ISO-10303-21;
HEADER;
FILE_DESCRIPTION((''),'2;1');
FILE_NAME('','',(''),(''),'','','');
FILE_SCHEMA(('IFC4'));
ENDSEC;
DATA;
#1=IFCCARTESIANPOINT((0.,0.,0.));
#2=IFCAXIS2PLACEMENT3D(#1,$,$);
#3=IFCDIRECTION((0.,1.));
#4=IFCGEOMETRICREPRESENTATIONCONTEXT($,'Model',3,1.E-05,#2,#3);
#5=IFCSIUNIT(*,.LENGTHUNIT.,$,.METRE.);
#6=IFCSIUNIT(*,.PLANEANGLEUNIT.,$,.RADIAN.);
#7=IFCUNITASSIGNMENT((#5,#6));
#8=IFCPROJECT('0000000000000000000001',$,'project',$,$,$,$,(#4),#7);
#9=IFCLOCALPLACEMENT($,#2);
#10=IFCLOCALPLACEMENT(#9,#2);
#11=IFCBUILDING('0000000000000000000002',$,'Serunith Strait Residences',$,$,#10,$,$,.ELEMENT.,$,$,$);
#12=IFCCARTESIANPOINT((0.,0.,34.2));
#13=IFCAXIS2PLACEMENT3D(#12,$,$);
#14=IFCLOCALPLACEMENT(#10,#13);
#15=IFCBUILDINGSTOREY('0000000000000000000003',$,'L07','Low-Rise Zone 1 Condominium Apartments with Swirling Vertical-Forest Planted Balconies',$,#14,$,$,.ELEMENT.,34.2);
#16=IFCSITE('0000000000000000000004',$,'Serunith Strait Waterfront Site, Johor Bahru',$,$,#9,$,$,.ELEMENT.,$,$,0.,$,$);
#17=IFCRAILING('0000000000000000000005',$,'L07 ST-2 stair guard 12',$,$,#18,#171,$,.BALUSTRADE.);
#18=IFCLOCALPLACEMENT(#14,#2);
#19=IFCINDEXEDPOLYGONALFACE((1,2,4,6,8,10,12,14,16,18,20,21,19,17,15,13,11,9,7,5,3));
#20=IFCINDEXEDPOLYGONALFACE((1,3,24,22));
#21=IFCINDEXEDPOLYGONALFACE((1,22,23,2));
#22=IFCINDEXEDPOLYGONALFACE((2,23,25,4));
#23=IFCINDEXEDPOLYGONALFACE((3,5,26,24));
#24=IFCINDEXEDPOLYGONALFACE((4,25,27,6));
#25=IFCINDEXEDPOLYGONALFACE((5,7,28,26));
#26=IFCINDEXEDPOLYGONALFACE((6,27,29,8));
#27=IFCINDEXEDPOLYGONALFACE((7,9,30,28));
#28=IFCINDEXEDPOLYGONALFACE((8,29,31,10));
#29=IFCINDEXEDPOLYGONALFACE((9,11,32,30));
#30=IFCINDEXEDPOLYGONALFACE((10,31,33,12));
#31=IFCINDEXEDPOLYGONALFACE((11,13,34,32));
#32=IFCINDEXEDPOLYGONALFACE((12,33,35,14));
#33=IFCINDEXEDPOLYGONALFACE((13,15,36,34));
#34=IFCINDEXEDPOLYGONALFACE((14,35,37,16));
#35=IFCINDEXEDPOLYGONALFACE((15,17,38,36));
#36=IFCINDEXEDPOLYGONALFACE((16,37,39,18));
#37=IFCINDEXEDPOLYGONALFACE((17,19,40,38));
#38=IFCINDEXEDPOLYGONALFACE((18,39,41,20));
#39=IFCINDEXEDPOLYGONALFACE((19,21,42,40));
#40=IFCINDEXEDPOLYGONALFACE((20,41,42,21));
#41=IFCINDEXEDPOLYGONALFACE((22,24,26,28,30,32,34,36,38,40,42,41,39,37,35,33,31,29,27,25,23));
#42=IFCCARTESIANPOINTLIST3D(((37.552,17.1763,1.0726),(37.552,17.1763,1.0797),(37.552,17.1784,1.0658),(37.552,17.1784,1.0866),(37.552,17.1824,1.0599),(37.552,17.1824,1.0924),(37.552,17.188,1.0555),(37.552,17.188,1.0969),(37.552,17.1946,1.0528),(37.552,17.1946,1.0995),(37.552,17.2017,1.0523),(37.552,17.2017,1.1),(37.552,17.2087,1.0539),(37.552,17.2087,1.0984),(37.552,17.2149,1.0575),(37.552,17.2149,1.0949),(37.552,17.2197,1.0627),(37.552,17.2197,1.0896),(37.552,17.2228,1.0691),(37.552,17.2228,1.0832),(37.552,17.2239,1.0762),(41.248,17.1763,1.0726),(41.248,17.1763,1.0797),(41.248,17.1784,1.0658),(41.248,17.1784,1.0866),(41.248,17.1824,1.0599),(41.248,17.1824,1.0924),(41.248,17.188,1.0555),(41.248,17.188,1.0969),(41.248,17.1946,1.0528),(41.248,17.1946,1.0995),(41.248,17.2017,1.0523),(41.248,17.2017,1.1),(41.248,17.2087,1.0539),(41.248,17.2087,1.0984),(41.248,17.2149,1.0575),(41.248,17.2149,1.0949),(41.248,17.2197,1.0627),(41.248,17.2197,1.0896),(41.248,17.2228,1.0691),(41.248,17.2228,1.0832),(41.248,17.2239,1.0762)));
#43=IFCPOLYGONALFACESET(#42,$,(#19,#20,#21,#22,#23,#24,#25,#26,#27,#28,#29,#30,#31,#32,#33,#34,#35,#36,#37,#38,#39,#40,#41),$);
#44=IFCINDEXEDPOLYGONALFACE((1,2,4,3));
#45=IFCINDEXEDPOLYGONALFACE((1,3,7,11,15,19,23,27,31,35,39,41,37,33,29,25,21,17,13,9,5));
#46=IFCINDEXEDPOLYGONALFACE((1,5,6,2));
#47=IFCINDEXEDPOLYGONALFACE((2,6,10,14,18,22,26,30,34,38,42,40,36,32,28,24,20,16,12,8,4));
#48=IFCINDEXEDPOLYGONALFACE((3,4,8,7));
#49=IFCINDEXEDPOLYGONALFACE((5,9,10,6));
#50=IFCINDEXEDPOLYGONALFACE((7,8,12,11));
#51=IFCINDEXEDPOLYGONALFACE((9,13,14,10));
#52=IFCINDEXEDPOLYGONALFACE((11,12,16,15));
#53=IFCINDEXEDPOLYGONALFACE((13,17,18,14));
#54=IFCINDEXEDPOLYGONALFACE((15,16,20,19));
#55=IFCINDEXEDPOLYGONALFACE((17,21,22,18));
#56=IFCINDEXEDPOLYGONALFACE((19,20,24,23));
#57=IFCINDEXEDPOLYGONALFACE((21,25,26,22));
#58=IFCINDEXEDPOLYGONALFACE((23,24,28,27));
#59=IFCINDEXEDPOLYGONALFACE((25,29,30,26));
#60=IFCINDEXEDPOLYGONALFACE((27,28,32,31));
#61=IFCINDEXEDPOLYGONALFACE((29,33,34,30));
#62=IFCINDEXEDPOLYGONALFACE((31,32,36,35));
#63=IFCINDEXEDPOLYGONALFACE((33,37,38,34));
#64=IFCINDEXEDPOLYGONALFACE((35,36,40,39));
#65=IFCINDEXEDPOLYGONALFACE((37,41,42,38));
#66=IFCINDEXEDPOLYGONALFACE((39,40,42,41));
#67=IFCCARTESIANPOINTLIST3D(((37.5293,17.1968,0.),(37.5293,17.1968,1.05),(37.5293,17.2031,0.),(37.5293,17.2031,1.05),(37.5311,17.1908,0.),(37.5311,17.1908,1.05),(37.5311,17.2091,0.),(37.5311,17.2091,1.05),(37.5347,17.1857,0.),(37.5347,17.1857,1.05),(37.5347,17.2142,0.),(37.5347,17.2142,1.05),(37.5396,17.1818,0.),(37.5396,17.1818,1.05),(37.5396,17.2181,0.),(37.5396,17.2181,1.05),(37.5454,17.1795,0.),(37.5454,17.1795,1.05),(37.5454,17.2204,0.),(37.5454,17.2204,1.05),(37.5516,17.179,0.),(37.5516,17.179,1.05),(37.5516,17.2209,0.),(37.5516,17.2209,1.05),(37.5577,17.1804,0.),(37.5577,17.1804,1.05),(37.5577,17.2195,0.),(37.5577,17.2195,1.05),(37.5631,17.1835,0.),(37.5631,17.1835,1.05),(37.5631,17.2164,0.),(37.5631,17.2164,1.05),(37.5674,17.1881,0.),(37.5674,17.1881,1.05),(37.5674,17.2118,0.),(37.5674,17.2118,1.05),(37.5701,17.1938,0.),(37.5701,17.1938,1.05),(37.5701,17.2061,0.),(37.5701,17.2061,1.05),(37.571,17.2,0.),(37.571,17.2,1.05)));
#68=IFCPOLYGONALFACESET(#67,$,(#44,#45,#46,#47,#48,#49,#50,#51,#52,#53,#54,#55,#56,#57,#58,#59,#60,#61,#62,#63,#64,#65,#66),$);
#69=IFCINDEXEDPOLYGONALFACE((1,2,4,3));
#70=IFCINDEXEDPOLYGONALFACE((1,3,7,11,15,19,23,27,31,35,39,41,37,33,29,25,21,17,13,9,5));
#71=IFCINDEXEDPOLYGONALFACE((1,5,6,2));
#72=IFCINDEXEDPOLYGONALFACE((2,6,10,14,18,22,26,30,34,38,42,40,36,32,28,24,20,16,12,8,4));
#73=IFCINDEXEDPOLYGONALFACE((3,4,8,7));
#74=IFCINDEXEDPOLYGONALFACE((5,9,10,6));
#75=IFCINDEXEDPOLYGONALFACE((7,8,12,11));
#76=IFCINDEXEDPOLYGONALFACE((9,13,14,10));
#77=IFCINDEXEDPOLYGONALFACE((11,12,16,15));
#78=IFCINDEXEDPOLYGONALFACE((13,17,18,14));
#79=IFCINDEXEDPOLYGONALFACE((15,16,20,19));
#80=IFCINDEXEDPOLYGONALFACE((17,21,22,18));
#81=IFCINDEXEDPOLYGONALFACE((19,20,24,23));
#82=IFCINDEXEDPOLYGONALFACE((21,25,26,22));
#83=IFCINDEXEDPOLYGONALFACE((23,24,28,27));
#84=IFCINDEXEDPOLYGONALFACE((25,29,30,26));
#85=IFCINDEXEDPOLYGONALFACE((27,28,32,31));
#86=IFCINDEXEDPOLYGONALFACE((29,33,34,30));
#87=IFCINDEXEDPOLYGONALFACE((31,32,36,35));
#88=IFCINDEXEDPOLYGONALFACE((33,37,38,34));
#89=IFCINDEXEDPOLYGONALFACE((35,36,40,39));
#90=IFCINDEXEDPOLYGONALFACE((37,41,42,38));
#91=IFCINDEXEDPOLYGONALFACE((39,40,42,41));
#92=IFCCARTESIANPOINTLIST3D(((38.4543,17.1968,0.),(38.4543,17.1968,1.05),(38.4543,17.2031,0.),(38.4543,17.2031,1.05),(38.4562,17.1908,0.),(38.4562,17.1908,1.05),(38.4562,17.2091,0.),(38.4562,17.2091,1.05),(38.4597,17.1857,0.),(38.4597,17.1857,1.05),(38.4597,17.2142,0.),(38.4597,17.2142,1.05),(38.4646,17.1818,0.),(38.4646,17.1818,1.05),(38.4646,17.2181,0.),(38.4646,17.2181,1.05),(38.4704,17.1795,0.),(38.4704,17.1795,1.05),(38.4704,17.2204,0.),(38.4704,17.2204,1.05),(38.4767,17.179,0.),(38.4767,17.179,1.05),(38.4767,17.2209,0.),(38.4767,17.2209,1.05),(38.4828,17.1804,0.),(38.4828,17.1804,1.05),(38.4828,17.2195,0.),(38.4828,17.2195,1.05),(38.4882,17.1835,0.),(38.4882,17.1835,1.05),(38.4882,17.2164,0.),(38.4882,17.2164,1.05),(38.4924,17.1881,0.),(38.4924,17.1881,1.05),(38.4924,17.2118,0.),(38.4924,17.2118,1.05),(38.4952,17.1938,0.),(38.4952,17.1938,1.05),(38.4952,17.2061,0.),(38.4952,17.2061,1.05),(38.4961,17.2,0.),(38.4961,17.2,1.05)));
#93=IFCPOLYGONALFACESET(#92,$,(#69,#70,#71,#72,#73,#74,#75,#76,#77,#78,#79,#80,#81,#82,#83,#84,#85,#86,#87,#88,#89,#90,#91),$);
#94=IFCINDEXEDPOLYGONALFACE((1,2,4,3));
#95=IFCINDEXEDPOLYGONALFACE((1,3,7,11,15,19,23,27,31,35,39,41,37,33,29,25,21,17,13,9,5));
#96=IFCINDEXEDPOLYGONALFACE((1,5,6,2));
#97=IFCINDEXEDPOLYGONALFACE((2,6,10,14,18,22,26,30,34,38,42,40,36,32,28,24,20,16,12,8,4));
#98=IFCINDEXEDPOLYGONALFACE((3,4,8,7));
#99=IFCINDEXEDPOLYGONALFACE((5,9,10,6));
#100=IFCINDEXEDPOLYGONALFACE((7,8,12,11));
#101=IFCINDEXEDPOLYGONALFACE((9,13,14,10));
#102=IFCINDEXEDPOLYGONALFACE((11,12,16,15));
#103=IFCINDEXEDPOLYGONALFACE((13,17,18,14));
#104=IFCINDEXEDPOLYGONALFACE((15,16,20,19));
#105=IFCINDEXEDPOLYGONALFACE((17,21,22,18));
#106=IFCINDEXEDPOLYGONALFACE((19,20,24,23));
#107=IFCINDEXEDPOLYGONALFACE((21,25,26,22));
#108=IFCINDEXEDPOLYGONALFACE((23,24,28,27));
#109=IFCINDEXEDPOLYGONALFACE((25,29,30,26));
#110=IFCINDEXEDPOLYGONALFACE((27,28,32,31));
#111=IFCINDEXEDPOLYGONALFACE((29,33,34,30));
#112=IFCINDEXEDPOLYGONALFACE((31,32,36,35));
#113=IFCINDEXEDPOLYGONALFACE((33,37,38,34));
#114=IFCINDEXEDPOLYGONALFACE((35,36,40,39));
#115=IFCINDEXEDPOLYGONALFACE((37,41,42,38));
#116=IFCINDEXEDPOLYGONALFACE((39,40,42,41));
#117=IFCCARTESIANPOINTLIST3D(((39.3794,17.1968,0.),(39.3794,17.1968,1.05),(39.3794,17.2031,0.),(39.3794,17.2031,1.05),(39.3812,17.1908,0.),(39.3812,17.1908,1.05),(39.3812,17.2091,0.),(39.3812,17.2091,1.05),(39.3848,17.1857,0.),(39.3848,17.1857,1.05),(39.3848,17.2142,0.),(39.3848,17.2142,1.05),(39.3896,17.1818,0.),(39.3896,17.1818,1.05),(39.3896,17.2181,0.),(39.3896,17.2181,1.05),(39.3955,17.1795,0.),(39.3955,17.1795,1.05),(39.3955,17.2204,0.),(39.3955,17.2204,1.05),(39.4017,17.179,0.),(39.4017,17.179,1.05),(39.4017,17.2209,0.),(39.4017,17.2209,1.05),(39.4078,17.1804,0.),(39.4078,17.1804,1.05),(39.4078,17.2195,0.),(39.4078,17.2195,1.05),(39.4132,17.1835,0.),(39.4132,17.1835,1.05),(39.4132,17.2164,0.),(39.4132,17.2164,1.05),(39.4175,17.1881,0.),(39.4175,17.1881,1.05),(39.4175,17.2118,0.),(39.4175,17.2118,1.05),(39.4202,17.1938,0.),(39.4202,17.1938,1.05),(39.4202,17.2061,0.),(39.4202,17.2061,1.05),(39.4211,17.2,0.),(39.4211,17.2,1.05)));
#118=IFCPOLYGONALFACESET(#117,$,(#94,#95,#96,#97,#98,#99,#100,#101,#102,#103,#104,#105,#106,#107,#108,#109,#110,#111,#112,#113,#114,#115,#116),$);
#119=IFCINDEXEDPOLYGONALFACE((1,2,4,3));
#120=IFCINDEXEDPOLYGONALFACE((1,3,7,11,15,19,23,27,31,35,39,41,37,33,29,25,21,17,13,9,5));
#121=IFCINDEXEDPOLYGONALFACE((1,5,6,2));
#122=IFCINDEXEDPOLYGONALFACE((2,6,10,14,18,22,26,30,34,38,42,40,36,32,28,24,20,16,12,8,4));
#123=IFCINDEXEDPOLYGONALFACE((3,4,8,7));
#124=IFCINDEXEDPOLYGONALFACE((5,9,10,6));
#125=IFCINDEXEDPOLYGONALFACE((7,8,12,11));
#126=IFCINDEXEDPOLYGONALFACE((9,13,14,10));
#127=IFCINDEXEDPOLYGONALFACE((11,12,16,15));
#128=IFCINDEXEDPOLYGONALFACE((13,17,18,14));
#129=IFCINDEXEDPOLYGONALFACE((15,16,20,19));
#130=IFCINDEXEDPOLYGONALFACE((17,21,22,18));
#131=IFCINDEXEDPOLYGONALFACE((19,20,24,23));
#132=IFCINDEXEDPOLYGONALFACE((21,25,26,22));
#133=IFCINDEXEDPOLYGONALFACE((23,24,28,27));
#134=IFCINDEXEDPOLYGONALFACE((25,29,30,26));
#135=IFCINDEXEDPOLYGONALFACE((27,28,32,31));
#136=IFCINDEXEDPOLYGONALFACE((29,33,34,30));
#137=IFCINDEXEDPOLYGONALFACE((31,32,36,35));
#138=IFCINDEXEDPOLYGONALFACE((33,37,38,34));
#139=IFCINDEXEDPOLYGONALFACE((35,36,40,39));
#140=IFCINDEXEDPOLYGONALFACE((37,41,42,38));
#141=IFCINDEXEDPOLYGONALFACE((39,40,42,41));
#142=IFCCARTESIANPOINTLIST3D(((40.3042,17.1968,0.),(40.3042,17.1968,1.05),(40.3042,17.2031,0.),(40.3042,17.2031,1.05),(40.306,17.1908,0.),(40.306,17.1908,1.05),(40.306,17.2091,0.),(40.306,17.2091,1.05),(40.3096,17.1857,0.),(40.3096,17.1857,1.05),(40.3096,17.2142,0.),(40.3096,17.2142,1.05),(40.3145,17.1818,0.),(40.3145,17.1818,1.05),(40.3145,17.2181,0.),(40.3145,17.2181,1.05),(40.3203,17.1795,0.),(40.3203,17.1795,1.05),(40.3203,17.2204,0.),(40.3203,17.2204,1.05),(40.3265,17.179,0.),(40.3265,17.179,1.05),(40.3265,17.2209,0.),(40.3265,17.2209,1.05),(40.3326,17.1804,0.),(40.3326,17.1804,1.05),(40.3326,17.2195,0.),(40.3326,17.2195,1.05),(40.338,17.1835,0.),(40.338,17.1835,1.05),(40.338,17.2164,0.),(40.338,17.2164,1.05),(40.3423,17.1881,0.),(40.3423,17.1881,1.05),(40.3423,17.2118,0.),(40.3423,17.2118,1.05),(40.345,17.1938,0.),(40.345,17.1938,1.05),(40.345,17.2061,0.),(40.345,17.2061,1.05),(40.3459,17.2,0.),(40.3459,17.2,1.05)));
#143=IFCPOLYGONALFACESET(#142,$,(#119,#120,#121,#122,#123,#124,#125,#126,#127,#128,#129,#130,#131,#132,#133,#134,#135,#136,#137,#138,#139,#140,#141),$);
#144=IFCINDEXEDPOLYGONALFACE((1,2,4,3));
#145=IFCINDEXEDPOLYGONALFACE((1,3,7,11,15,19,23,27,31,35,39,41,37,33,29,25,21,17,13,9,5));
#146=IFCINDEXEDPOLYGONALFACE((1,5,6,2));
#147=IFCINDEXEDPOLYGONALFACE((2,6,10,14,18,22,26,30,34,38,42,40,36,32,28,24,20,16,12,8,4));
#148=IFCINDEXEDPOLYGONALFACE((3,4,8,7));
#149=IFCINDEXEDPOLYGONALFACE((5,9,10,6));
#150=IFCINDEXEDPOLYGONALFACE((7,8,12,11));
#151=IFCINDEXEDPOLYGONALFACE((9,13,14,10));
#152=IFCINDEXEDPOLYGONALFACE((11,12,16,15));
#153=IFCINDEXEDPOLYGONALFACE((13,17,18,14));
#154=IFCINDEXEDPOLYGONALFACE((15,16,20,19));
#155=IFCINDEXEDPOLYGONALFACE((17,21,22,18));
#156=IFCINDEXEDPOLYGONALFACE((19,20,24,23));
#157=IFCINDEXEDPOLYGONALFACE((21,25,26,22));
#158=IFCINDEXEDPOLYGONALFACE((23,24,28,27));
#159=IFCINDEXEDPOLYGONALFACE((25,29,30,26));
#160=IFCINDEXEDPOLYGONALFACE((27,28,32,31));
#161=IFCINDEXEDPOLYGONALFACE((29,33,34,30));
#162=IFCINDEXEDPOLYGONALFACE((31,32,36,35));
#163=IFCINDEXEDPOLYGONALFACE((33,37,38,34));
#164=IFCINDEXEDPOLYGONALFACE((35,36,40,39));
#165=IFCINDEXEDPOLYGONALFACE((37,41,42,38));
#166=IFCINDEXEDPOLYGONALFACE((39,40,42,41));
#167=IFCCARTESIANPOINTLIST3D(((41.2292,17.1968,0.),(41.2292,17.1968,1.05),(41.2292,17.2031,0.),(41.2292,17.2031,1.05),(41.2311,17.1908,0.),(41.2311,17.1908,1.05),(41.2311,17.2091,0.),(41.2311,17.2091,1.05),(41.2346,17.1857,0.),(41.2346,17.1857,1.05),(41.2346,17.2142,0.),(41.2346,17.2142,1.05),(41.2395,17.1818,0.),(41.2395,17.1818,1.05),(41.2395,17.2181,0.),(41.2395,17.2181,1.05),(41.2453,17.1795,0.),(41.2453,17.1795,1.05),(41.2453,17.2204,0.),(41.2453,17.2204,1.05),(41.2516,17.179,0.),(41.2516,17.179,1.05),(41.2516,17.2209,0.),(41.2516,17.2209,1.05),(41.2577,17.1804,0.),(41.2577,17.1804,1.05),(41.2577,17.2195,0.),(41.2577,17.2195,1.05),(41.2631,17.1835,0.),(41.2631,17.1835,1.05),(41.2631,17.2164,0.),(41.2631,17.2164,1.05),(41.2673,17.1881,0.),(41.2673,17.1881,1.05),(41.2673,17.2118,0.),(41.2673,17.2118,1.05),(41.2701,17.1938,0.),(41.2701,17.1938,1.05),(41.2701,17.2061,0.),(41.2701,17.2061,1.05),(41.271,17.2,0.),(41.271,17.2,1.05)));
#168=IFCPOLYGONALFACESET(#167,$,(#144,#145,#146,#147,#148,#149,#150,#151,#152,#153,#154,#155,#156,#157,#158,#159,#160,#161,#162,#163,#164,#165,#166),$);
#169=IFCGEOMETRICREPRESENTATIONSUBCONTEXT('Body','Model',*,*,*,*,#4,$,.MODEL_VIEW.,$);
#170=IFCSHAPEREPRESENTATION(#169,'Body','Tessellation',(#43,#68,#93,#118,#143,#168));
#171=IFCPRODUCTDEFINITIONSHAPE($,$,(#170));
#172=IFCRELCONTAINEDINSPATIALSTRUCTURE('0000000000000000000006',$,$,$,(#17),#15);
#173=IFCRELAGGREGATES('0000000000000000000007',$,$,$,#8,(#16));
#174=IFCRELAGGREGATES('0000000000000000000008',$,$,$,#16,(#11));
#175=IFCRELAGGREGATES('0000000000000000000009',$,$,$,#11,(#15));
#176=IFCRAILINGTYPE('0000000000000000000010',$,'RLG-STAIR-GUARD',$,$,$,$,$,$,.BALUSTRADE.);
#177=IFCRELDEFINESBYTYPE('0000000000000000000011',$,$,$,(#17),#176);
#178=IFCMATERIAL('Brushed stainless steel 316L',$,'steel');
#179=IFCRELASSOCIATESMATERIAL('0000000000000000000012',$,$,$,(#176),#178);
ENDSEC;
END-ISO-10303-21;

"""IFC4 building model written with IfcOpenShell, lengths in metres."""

from ifc_helpers import new_model, si_unit, direction, frame, origin, origin_2d, place, context, subcontext, project, spatial, circle, extrude, material, type_object, element, save


model = new_model("IFC4")

# Units and contexts
model_context = context("Model", 3, precision=1e-05, world=origin(), true_north=direction((0.0, 1.0)))
body_context = subcontext(model_context, "Body", "Model", "MODEL_VIEW")
ifc_project = project(units=[si_unit("LENGTHUNIT", "METRE"), si_unit("PLANEANGLEUNIT", "RADIAN")], contexts=[model_context])

# Site, building, storey
site_placement = place(None, origin())
site = spatial("IfcSite", under=ifc_project, at=site_placement, Name="Serunith Strait Waterfront Site, Johor Bahru", CompositionType="ELEMENT", RefElevation=0.0)
building_placement = place(site_placement, origin())
building = spatial("IfcBuilding", under=site, at=building_placement, Name="Serunith Strait Residences", CompositionType="ELEMENT")
storey_placement = place(building_placement, frame((0.0, 0.0, 34.2)))
storey = spatial("IfcBuildingStorey", under=building, at=storey_placement, Name="L07", Description="Low-Rise Zone 1 Condominium Apartments with Swirling Vertical-Forest Planted Balconies", CompositionType="ELEMENT", Elevation=34.2)

# Railing
ifc_material_1 = material(Name="Brushed stainless steel 316L", Category="steel")
railing_type_1 = type_object("IfcRailingType", Name="RLG-STAIR-GUARD", PredefinedType="BALUSTRADE", material=ifc_material_1)
railing_1_placement = place(storey_placement, frame((37.55, 17.2, 0.0)))
element("IfcRailing", 1, at=railing_1_placement, inside=storey, type_object=railing_type_1, Name="L07 ST-2 stair guard 12", PredefinedType="BALUSTRADE", context=body_context, shape_type="SweptSolid", body=[
    extrude(circle(Radius=0.0239, at=origin_2d()), frame((0.002, 0.0, 1.0762), z_axis=(1.0, 0.0, 0.0), x_axis=(0.0, 1.0, 0.0)), (0.0, 0.0, 1.0), 3.696),
    extrude(circle(Radius=0.021, at=origin_2d()), origin(), (0.0, 0.0, 1.0), 1.05),
    extrude(circle(Radius=0.021, at=origin_2d()), frame((0.925, 0.0, 0.0)), (0.0, 0.0, 1.0), 1.05),
    extrude(circle(Radius=0.021, at=origin_2d()), frame((1.8501, 0.0, 0.0)), (0.0, 0.0, 1.0), 1.05),
    extrude(circle(Radius=0.021, at=origin_2d()), frame((2.7749, 0.0, 0.0)), (0.0, 0.0, 1.0), 1.05),
    extrude(circle(Radius=0.021, at=origin_2d()), frame((3.7, 0.0, 0.0)), (0.0, 0.0, 1.0), 1.05),
])

save(model, "model.ifc")
